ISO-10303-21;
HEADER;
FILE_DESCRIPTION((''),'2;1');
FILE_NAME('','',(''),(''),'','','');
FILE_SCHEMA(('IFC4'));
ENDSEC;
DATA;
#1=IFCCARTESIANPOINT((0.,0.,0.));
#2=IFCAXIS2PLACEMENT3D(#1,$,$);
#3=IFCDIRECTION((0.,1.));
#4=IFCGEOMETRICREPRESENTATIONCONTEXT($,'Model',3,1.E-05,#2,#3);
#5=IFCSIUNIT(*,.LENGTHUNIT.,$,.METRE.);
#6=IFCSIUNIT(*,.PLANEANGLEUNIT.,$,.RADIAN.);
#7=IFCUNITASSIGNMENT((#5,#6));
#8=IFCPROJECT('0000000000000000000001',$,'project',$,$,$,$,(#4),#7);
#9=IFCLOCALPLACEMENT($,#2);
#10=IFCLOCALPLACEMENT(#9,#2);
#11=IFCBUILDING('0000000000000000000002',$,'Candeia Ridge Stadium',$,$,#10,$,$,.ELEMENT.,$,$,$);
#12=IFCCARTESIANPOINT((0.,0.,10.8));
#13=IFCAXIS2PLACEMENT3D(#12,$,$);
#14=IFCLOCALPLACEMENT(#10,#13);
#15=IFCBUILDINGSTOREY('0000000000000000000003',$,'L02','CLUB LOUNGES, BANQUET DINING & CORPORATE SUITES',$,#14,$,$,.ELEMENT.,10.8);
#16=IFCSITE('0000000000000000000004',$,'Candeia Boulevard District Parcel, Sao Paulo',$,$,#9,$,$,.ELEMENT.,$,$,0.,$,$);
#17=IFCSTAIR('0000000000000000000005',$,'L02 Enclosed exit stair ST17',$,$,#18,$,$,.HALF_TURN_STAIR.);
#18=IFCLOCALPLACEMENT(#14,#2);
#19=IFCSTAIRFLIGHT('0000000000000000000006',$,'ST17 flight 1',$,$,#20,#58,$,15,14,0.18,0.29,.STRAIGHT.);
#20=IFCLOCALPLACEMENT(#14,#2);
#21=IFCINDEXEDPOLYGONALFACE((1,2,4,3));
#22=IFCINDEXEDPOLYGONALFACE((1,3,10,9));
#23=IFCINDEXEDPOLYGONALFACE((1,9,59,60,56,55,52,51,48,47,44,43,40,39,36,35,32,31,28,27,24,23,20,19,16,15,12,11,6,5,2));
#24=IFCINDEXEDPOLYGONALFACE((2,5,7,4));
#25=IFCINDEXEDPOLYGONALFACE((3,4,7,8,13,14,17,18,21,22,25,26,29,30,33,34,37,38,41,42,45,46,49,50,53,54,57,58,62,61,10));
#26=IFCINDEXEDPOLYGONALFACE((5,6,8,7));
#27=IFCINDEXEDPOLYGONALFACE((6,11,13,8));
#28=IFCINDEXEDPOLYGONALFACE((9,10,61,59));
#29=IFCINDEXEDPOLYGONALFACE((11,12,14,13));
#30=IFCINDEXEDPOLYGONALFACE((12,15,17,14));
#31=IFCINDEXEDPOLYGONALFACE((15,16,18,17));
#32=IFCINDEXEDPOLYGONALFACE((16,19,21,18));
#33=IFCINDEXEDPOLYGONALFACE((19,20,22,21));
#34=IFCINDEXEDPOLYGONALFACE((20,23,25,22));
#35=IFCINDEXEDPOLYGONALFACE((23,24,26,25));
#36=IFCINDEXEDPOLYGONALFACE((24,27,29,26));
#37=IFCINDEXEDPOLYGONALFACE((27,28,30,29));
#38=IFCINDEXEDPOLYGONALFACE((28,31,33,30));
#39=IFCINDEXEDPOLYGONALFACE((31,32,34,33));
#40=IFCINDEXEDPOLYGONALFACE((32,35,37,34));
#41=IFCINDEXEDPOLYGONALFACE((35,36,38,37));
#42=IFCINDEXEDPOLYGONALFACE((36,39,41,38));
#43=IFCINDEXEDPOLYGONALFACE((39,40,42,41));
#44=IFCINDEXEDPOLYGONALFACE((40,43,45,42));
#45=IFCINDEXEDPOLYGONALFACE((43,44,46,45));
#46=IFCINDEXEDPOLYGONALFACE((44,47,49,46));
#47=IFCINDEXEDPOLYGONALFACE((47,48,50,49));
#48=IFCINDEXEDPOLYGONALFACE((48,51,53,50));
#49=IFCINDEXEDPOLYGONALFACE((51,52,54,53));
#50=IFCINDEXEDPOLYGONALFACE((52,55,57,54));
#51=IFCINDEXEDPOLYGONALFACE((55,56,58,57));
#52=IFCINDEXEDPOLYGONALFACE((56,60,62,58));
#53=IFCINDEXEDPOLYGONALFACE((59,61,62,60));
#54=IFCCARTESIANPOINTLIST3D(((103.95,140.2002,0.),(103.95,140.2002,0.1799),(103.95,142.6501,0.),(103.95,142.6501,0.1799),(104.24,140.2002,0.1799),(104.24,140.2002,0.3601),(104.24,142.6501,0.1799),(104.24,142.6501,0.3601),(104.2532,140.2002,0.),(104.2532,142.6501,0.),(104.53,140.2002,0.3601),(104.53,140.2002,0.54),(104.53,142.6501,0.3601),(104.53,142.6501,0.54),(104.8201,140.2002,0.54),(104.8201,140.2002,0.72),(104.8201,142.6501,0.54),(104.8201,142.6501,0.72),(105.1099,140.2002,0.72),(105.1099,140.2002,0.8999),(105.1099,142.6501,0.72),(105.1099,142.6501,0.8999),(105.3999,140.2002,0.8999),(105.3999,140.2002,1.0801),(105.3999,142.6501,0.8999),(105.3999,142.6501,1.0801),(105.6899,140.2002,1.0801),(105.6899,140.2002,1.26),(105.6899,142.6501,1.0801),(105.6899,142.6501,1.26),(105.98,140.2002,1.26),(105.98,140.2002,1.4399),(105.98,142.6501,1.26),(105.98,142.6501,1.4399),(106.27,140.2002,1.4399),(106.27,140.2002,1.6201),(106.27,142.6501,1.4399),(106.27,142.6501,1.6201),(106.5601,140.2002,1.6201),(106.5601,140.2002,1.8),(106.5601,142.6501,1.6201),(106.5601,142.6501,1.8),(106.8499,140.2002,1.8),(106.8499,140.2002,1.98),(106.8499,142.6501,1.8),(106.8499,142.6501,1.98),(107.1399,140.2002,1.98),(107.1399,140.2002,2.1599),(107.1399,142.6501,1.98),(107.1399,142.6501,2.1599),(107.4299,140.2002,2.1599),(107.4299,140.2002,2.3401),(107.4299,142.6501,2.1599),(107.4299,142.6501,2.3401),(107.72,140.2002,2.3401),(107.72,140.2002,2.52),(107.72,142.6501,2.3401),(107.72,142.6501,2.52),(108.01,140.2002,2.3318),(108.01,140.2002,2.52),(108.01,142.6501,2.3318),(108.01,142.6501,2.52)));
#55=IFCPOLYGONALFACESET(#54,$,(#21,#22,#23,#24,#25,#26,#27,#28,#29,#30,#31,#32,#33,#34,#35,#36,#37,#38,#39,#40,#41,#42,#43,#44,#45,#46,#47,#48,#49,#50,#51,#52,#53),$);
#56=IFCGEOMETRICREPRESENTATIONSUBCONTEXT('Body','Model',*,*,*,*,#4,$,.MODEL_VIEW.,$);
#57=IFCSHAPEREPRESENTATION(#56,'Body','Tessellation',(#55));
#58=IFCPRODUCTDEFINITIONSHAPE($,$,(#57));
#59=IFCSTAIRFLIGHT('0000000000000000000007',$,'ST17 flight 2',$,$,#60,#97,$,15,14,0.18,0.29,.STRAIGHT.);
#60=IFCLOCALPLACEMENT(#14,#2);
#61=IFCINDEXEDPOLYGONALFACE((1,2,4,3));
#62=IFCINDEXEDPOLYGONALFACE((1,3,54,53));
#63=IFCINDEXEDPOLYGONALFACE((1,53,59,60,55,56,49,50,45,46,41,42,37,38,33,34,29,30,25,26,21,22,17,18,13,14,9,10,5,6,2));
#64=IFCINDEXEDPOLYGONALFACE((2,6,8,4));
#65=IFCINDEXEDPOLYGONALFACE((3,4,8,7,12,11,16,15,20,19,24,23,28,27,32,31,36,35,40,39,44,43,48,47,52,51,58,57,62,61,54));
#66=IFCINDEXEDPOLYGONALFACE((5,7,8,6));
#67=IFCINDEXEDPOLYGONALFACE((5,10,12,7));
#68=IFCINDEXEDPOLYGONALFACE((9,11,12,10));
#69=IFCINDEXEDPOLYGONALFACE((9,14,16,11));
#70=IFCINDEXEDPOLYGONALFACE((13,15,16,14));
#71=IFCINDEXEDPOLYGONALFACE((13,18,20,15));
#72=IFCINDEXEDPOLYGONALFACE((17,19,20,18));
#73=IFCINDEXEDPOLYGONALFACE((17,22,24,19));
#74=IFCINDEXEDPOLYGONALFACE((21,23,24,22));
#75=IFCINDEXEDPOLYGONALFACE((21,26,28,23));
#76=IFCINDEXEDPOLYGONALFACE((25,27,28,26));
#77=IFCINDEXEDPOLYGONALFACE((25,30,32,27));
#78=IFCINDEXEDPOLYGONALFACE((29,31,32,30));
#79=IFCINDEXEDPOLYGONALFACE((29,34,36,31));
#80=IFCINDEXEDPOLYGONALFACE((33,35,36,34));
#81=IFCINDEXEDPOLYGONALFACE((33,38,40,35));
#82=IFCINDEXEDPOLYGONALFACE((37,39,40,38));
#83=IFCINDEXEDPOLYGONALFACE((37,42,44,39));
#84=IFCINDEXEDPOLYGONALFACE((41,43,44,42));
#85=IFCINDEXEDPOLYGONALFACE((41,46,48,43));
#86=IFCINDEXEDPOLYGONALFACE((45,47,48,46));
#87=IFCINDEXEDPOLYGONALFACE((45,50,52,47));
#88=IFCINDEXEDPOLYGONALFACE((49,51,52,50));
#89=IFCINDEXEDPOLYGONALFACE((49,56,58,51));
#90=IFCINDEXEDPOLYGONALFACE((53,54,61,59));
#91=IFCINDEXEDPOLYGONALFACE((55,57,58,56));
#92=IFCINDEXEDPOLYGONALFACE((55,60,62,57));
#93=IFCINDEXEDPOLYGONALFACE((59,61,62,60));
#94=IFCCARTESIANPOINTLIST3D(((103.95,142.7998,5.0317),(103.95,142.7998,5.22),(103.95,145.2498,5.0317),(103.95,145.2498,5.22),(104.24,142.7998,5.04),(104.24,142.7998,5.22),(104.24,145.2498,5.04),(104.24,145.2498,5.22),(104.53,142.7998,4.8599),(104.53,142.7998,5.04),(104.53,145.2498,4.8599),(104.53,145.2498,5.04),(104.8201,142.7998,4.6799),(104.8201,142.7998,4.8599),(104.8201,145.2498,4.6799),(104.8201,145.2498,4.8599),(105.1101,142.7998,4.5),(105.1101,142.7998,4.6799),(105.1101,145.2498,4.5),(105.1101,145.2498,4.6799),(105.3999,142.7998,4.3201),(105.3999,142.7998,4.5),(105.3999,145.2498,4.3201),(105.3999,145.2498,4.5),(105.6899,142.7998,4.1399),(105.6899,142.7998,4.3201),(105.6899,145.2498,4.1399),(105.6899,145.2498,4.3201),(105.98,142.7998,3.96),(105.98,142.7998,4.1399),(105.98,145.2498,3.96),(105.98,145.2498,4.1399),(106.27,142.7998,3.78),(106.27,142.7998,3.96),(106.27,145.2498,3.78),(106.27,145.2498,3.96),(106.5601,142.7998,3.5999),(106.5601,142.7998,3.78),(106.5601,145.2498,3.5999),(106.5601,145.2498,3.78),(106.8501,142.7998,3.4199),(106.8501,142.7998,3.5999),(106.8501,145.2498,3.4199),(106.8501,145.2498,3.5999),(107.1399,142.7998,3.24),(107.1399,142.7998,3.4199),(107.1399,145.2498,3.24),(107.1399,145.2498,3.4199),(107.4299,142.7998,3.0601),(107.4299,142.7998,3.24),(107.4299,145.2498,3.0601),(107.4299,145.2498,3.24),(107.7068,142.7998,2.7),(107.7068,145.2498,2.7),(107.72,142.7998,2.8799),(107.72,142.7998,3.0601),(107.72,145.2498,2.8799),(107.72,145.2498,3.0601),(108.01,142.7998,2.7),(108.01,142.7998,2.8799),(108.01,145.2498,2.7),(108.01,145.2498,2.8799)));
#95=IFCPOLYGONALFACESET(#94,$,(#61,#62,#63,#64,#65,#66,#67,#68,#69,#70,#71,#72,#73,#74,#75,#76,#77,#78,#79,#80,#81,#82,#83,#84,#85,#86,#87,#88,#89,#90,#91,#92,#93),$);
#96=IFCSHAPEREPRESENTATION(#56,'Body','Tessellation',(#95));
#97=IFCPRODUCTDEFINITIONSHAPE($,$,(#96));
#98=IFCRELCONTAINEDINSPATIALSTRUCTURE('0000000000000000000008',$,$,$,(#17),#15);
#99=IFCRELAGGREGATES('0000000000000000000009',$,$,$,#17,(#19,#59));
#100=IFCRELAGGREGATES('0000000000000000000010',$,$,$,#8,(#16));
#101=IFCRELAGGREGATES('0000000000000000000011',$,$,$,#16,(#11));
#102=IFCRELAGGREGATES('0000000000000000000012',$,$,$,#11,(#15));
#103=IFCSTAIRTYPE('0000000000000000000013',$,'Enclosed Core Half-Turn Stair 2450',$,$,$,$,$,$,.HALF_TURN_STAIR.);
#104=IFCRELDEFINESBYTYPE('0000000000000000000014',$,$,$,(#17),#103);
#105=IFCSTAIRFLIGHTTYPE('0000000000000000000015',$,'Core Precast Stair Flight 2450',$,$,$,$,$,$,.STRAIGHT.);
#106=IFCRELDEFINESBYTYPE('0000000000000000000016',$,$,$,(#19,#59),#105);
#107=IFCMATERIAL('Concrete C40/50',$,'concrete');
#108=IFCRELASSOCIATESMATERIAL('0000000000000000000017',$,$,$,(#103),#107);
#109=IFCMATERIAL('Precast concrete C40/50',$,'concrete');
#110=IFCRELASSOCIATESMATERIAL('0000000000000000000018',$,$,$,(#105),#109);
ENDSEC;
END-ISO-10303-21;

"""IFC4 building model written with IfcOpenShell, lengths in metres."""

from ifc_helpers import new_model, si_unit, direction, frame, origin, place, context, subcontext, project, spatial, polyline, outline, extrude, material, type_object, element, aggregate, save


model = new_model("IFC4")

# Units and contexts
model_context = context("Model", 3, precision=1e-05, world=origin(), true_north=direction((0.0, 1.0)))
body_context = subcontext(model_context, "Body", "Model", "MODEL_VIEW")
ifc_project = project(units=[si_unit("LENGTHUNIT", "METRE"), si_unit("PLANEANGLEUNIT", "RADIAN")], contexts=[model_context])

# Site, building, storey
site_placement = place(None, origin())
site = spatial("IfcSite", under=ifc_project, at=site_placement, Name="Candeia Boulevard District Parcel, Sao Paulo", CompositionType="ELEMENT", RefElevation=0.0)
building_placement = place(site_placement, origin())
building = spatial("IfcBuilding", under=site, at=building_placement, Name="Candeia Ridge Stadium", CompositionType="ELEMENT")
storey_placement = place(building_placement, frame((0.0, 0.0, 10.8)))
storey = spatial("IfcBuildingStorey", under=building, at=storey_placement, Name="L02", Description="CLUB LOUNGES, BANQUET DINING & CORPORATE SUITES", CompositionType="ELEMENT", Elevation=10.8)

# Shared definitions
ifc_material_1 = material(Name="Concrete C40/50", Category="concrete")

# Stair, stair flights
stair_type = type_object("IfcStairType", Name="Enclosed Core Half-Turn Stair 2450", PredefinedType="HALF_TURN_STAIR", material=ifc_material_1)
stair_placement = place(storey_placement, origin())
stair = element("IfcStair", 1, at=stair_placement, inside=storey, type_object=stair_type, Name="L02 Enclosed exit stair ST17", PredefinedType="HALF_TURN_STAIR")
ifc_material_2 = material(Name="Precast concrete C40/50", Category="concrete")
stair_flight_type = type_object("IfcStairFlightType", Name="Core Precast Stair Flight 2450", PredefinedType="STRAIGHT", material=ifc_material_2)
stair_flight_1_placement = place(storey_placement, frame((103.95, 141.425, 0.0), z_axis=(0.0, 0.0, 1.0), x_axis=(1.0, 0.0, 0.0)))
stair_flight_1 = element("IfcStairFlight", 2, at=stair_flight_1_placement, type_object=stair_flight_type, Name="ST17 flight 1", NumberOfRisers=15, NumberOfTreads=14, PredefinedType="STRAIGHT", RiserHeight=0.18, TreadLength=0.29, context=body_context, shape_type="SweptSolid", body=[
    extrude(outline(polyline([(0.0, 0.0), (0.0, 0.1799), (0.29, 0.1799), (0.29, 0.3601), (0.5801, 0.3601), (0.5801, 0.54), (0.8701, 0.54), (0.8701, 0.72), (1.1599, 0.72), (1.1599, 0.8999), (1.45, 0.8999), (1.45, 1.0801), (1.74, 1.0801), (1.74, 1.26), (2.03, 1.26), (2.03, 1.4399), (2.3201, 1.4399), (2.3201, 1.6201), (2.6101, 1.6201), (2.6101, 1.8), (2.8999, 1.8), (2.8999, 1.98), (3.1899, 1.98), (3.1899, 2.1599), (3.48, 2.1599), (3.48, 2.3401), (3.77, 2.3401), (3.77, 2.52), (4.0601, 2.52), (4.0601, 2.7), (4.0601, 2.3318), (0.3032, 0.0), (0.0, 0.0)])), frame((0.0, 1.2251, 0.0), z_axis=(0.0, -1.0, 0.0), x_axis=(1.0, 0.0, 0.0)), (0.0, 0.0, 1.0), 2.45),
])
stair_flight_2_placement = place(storey_placement, frame((108.01, 144.0249, 2.7), z_axis=(0.0, 0.0, 1.0), x_axis=(-1.0, 0.0, 0.0)))
stair_flight_2 = element("IfcStairFlight", 3, at=stair_flight_2_placement, type_object=stair_flight_type, Name="ST17 flight 2", NumberOfRisers=15, NumberOfTreads=14, PredefinedType="STRAIGHT", RiserHeight=0.18, TreadLength=0.29, context=body_context, shape_type="SweptSolid", body=[
    extrude(outline(polyline([(0.0, 0.0), (0.0, 0.1799), (0.29, 0.1799), (0.29, 0.3601), (0.5801, 0.3601), (0.5801, 0.54), (0.8701, 0.54), (0.8701, 0.72), (1.1599, 0.72), (1.1599, 0.8999), (1.45, 0.8999), (1.45, 1.0801), (1.74, 1.0801), (1.74, 1.26), (2.03, 1.26), (2.03, 1.4399), (2.3201, 1.4399), (2.3201, 1.6201), (2.6101, 1.6201), (2.6101, 1.8), (2.8999, 1.8), (2.8999, 1.98), (3.1899, 1.98), (3.1899, 2.1599), (3.48, 2.1599), (3.48, 2.3401), (3.77, 2.3401), (3.77, 2.52), (4.0601, 2.52), (4.0601, 2.7), (4.0601, 2.3318), (0.3032, 0.0), (0.0, 0.0)])), frame((0.0, 1.2251, 0.0), z_axis=(0.0, -1.0, 0.0), x_axis=(1.0, 0.0, 0.0)), (0.0, 0.0, 1.0), 2.45),
])
aggregate(stair, [stair_flight_1, stair_flight_2])

save(model, "model.ifc")
